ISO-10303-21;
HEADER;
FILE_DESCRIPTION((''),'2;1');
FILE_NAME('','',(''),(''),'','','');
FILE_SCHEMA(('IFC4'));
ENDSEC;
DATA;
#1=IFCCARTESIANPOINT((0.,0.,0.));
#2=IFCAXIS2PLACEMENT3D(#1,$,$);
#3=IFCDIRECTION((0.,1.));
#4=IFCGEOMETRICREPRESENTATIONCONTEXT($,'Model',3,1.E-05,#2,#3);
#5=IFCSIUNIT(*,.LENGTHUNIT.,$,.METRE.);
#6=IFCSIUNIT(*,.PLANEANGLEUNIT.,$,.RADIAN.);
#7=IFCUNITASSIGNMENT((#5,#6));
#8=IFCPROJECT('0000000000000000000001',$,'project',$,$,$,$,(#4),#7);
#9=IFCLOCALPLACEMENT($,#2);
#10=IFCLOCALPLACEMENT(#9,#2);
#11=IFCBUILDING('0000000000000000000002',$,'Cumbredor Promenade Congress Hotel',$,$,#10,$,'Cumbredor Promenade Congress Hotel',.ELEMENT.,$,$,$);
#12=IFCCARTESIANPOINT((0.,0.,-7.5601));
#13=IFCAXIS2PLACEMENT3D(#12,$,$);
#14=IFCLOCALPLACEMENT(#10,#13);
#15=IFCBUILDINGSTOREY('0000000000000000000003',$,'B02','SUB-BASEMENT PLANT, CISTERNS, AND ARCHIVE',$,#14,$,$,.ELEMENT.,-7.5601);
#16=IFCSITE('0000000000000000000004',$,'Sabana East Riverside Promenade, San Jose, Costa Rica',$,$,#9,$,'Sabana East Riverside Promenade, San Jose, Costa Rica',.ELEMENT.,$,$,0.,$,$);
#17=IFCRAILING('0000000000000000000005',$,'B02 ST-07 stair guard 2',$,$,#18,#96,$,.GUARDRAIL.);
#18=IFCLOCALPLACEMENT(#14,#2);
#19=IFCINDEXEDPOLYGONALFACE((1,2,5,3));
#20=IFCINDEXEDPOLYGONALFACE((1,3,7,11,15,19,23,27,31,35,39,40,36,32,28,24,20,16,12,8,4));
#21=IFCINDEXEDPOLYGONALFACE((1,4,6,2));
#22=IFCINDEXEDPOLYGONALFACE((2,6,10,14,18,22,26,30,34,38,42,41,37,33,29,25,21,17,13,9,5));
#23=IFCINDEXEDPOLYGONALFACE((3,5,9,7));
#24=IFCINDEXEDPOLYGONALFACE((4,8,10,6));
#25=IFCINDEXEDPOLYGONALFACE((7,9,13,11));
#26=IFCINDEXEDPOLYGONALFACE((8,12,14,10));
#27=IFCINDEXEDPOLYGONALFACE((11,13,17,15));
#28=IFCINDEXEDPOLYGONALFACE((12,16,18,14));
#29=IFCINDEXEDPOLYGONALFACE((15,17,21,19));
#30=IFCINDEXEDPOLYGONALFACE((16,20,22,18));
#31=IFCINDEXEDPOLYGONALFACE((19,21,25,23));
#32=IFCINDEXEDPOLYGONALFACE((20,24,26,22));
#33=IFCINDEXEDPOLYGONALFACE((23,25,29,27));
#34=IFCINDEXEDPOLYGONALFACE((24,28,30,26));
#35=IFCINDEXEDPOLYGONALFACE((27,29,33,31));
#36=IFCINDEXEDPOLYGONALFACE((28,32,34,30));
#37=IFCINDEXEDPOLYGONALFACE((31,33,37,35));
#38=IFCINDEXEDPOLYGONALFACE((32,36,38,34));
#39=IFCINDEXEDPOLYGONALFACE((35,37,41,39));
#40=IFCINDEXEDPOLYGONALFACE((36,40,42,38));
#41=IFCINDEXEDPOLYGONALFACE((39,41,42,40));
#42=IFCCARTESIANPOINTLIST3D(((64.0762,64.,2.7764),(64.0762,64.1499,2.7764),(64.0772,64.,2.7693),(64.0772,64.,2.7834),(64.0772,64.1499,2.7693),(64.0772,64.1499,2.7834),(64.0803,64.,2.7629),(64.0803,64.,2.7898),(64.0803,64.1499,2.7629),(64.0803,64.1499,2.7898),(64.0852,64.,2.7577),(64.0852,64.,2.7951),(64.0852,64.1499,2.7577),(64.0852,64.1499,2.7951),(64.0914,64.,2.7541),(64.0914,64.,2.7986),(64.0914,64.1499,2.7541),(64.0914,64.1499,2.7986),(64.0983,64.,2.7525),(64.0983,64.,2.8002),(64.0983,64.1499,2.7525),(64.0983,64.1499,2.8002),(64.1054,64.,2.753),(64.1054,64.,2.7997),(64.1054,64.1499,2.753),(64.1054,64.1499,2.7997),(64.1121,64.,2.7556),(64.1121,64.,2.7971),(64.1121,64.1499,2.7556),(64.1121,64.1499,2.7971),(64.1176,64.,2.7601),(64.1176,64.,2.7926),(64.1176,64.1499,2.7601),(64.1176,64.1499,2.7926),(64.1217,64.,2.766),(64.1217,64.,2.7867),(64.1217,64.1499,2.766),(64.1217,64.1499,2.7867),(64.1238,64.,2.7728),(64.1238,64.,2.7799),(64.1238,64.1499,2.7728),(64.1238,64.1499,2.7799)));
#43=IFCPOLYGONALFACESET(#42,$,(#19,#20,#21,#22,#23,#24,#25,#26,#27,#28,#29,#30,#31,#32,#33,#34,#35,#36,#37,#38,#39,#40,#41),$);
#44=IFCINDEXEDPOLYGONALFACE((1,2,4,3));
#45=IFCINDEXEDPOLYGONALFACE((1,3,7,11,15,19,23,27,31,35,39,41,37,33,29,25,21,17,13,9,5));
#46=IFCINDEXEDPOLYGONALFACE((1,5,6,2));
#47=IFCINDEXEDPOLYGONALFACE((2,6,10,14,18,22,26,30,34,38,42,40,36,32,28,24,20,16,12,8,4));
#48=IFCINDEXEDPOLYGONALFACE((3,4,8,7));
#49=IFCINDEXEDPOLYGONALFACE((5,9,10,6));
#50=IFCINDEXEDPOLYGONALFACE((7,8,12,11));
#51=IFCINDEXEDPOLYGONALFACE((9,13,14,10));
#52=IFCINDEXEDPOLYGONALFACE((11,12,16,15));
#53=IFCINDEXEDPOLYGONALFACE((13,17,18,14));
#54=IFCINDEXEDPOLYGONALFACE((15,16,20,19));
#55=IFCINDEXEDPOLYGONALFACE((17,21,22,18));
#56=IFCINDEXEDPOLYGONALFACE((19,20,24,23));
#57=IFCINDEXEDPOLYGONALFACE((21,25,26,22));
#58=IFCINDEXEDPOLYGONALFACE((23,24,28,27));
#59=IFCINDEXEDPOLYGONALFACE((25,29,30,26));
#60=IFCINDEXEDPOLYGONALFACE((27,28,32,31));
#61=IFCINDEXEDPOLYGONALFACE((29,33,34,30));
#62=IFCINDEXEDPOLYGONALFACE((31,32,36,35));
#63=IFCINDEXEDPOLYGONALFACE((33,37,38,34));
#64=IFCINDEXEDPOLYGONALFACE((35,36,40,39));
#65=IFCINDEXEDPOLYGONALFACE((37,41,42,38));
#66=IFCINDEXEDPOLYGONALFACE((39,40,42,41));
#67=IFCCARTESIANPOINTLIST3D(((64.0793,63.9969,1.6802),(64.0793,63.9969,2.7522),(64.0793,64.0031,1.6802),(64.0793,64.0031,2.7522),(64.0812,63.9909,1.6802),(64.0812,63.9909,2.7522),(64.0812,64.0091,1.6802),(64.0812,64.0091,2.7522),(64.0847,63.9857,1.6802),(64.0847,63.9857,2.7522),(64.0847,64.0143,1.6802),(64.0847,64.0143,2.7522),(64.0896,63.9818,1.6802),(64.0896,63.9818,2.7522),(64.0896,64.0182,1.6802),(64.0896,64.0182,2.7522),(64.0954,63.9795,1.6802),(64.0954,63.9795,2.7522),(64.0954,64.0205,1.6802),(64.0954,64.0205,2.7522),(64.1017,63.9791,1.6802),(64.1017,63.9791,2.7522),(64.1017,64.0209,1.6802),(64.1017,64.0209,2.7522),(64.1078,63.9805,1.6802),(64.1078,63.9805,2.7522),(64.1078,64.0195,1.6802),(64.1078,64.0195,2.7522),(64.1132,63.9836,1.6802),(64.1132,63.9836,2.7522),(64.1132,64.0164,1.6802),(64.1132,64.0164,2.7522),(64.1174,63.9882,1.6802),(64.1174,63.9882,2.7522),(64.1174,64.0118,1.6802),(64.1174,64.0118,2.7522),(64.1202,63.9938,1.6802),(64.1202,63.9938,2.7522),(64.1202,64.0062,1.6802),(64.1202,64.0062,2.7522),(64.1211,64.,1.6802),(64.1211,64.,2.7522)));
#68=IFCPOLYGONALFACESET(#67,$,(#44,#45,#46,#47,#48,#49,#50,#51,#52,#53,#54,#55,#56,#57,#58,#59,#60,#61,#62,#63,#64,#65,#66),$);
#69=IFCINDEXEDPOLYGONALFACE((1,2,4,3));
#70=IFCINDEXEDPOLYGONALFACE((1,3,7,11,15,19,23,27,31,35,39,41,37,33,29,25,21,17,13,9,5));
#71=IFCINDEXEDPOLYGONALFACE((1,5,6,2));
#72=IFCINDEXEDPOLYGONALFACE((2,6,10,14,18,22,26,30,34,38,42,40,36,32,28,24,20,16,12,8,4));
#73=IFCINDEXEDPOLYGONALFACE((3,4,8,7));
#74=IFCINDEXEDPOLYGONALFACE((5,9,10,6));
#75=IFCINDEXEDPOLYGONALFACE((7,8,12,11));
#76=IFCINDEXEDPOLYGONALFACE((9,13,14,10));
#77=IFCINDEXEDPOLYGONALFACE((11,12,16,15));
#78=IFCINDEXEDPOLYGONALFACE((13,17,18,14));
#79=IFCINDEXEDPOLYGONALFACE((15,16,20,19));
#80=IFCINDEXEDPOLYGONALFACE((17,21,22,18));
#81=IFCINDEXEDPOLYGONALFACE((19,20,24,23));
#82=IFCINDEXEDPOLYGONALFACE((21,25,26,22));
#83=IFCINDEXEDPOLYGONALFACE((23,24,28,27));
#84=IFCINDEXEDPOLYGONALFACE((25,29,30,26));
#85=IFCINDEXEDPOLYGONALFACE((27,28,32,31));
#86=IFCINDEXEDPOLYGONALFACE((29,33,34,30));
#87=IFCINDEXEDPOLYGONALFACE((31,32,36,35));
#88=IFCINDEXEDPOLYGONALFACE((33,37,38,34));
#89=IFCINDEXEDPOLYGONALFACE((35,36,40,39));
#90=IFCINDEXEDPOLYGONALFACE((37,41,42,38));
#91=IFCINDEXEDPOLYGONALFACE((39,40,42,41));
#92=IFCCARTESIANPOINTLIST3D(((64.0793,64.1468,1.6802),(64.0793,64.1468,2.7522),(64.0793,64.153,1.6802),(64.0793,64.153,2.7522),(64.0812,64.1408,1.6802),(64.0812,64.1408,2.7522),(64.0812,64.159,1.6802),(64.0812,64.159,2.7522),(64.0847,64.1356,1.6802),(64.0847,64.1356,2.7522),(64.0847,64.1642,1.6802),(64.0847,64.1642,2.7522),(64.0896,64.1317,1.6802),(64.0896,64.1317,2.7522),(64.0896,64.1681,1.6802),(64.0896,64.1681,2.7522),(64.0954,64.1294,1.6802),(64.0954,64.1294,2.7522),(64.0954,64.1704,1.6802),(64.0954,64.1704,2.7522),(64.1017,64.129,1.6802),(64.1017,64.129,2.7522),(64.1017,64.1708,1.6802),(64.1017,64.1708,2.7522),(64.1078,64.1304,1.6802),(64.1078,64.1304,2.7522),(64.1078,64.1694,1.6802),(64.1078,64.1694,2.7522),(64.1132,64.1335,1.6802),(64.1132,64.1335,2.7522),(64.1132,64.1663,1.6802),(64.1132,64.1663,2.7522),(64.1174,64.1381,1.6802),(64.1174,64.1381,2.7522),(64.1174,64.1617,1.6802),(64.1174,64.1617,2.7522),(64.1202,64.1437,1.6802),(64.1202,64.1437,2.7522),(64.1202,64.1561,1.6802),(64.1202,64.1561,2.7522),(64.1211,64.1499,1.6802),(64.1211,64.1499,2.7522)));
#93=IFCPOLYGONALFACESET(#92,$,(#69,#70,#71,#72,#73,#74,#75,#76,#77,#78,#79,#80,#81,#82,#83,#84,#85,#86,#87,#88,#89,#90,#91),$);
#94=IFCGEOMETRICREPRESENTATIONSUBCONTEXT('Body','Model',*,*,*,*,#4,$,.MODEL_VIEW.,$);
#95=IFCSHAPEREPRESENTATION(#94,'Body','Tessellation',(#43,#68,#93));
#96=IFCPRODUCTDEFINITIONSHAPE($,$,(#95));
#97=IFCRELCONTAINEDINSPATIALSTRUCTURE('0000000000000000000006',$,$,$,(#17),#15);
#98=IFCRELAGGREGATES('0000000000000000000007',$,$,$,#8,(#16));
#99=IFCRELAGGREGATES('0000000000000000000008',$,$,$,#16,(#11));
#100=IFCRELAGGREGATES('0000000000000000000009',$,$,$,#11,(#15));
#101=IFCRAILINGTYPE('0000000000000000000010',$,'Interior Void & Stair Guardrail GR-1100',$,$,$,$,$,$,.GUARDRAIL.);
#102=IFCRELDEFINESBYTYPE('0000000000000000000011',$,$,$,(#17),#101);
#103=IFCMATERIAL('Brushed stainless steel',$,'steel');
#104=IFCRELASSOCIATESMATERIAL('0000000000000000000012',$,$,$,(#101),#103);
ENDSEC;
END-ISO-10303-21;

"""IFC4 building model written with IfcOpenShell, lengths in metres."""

from ifc_helpers import new_model, si_unit, direction, frame, origin, origin_2d, place, context, subcontext, project, spatial, circle, extrude, material, type_object, element, save


model = new_model("IFC4")

# Units and contexts
model_context = context("Model", 3, precision=1e-05, world=origin(), true_north=direction((0.0, 1.0)))
body_context = subcontext(model_context, "Body", "Model", "MODEL_VIEW")
ifc_project = project(units=[si_unit("LENGTHUNIT", "METRE"), si_unit("PLANEANGLEUNIT", "RADIAN")], contexts=[model_context])

# Site, building, storey
site_placement = place(None, origin())
site = spatial("IfcSite", under=ifc_project, at=site_placement, Name="Sabana East Riverside Promenade, San Jose, Costa Rica", LongName="Sabana East Riverside Promenade, San Jose, Costa Rica", CompositionType="ELEMENT", RefElevation=0.0)
building_placement = place(site_placement, origin())
building = spatial("IfcBuilding", under=site, at=building_placement, Name="Cumbredor Promenade Congress Hotel", LongName="Cumbredor Promenade Congress Hotel", CompositionType="ELEMENT")
storey_placement = place(building_placement, frame((0.0, 0.0, -7.5601)))
storey = spatial("IfcBuildingStorey", under=building, at=storey_placement, Name="B02", Description="SUB-BASEMENT PLANT, CISTERNS, AND ARCHIVE", CompositionType="ELEMENT", Elevation=-7.5601)

# Railing
ifc_material_1 = material(Name="Brushed stainless steel", Category="steel")
railing_type_1 = type_object("IfcRailingType", Name="Interior Void & Stair Guardrail GR-1100", PredefinedType="GUARDRAIL", material=ifc_material_1)
railing_1_placement = place(storey_placement, frame((64.1001, 64.0, 1.6802)))
element("IfcRailing", 1, at=railing_1_placement, inside=storey, type_object=railing_type_1, Name="B02 ST-07 stair guard 2", PredefinedType="GUARDRAIL", context=body_context, shape_type="SweptSolid", body=[
    extrude(circle(Radius=0.0239, at=origin_2d()), frame((0.0, 0.0, 1.0962), z_axis=(0.0, 1.0, 0.0), x_axis=(-1.0, 0.0, 0.0)), (0.0, 0.0, 1.0), 0.1499),
    extrude(circle(Radius=0.021, at=origin_2d()), origin(), (0.0, 0.0, 1.0), 1.072),
    extrude(circle(Radius=0.021, at=origin_2d()), frame((0.0, 0.1499, 0.0)), (0.0, 0.0, 1.0), 1.072),
])

save(model, "model.ifc")
